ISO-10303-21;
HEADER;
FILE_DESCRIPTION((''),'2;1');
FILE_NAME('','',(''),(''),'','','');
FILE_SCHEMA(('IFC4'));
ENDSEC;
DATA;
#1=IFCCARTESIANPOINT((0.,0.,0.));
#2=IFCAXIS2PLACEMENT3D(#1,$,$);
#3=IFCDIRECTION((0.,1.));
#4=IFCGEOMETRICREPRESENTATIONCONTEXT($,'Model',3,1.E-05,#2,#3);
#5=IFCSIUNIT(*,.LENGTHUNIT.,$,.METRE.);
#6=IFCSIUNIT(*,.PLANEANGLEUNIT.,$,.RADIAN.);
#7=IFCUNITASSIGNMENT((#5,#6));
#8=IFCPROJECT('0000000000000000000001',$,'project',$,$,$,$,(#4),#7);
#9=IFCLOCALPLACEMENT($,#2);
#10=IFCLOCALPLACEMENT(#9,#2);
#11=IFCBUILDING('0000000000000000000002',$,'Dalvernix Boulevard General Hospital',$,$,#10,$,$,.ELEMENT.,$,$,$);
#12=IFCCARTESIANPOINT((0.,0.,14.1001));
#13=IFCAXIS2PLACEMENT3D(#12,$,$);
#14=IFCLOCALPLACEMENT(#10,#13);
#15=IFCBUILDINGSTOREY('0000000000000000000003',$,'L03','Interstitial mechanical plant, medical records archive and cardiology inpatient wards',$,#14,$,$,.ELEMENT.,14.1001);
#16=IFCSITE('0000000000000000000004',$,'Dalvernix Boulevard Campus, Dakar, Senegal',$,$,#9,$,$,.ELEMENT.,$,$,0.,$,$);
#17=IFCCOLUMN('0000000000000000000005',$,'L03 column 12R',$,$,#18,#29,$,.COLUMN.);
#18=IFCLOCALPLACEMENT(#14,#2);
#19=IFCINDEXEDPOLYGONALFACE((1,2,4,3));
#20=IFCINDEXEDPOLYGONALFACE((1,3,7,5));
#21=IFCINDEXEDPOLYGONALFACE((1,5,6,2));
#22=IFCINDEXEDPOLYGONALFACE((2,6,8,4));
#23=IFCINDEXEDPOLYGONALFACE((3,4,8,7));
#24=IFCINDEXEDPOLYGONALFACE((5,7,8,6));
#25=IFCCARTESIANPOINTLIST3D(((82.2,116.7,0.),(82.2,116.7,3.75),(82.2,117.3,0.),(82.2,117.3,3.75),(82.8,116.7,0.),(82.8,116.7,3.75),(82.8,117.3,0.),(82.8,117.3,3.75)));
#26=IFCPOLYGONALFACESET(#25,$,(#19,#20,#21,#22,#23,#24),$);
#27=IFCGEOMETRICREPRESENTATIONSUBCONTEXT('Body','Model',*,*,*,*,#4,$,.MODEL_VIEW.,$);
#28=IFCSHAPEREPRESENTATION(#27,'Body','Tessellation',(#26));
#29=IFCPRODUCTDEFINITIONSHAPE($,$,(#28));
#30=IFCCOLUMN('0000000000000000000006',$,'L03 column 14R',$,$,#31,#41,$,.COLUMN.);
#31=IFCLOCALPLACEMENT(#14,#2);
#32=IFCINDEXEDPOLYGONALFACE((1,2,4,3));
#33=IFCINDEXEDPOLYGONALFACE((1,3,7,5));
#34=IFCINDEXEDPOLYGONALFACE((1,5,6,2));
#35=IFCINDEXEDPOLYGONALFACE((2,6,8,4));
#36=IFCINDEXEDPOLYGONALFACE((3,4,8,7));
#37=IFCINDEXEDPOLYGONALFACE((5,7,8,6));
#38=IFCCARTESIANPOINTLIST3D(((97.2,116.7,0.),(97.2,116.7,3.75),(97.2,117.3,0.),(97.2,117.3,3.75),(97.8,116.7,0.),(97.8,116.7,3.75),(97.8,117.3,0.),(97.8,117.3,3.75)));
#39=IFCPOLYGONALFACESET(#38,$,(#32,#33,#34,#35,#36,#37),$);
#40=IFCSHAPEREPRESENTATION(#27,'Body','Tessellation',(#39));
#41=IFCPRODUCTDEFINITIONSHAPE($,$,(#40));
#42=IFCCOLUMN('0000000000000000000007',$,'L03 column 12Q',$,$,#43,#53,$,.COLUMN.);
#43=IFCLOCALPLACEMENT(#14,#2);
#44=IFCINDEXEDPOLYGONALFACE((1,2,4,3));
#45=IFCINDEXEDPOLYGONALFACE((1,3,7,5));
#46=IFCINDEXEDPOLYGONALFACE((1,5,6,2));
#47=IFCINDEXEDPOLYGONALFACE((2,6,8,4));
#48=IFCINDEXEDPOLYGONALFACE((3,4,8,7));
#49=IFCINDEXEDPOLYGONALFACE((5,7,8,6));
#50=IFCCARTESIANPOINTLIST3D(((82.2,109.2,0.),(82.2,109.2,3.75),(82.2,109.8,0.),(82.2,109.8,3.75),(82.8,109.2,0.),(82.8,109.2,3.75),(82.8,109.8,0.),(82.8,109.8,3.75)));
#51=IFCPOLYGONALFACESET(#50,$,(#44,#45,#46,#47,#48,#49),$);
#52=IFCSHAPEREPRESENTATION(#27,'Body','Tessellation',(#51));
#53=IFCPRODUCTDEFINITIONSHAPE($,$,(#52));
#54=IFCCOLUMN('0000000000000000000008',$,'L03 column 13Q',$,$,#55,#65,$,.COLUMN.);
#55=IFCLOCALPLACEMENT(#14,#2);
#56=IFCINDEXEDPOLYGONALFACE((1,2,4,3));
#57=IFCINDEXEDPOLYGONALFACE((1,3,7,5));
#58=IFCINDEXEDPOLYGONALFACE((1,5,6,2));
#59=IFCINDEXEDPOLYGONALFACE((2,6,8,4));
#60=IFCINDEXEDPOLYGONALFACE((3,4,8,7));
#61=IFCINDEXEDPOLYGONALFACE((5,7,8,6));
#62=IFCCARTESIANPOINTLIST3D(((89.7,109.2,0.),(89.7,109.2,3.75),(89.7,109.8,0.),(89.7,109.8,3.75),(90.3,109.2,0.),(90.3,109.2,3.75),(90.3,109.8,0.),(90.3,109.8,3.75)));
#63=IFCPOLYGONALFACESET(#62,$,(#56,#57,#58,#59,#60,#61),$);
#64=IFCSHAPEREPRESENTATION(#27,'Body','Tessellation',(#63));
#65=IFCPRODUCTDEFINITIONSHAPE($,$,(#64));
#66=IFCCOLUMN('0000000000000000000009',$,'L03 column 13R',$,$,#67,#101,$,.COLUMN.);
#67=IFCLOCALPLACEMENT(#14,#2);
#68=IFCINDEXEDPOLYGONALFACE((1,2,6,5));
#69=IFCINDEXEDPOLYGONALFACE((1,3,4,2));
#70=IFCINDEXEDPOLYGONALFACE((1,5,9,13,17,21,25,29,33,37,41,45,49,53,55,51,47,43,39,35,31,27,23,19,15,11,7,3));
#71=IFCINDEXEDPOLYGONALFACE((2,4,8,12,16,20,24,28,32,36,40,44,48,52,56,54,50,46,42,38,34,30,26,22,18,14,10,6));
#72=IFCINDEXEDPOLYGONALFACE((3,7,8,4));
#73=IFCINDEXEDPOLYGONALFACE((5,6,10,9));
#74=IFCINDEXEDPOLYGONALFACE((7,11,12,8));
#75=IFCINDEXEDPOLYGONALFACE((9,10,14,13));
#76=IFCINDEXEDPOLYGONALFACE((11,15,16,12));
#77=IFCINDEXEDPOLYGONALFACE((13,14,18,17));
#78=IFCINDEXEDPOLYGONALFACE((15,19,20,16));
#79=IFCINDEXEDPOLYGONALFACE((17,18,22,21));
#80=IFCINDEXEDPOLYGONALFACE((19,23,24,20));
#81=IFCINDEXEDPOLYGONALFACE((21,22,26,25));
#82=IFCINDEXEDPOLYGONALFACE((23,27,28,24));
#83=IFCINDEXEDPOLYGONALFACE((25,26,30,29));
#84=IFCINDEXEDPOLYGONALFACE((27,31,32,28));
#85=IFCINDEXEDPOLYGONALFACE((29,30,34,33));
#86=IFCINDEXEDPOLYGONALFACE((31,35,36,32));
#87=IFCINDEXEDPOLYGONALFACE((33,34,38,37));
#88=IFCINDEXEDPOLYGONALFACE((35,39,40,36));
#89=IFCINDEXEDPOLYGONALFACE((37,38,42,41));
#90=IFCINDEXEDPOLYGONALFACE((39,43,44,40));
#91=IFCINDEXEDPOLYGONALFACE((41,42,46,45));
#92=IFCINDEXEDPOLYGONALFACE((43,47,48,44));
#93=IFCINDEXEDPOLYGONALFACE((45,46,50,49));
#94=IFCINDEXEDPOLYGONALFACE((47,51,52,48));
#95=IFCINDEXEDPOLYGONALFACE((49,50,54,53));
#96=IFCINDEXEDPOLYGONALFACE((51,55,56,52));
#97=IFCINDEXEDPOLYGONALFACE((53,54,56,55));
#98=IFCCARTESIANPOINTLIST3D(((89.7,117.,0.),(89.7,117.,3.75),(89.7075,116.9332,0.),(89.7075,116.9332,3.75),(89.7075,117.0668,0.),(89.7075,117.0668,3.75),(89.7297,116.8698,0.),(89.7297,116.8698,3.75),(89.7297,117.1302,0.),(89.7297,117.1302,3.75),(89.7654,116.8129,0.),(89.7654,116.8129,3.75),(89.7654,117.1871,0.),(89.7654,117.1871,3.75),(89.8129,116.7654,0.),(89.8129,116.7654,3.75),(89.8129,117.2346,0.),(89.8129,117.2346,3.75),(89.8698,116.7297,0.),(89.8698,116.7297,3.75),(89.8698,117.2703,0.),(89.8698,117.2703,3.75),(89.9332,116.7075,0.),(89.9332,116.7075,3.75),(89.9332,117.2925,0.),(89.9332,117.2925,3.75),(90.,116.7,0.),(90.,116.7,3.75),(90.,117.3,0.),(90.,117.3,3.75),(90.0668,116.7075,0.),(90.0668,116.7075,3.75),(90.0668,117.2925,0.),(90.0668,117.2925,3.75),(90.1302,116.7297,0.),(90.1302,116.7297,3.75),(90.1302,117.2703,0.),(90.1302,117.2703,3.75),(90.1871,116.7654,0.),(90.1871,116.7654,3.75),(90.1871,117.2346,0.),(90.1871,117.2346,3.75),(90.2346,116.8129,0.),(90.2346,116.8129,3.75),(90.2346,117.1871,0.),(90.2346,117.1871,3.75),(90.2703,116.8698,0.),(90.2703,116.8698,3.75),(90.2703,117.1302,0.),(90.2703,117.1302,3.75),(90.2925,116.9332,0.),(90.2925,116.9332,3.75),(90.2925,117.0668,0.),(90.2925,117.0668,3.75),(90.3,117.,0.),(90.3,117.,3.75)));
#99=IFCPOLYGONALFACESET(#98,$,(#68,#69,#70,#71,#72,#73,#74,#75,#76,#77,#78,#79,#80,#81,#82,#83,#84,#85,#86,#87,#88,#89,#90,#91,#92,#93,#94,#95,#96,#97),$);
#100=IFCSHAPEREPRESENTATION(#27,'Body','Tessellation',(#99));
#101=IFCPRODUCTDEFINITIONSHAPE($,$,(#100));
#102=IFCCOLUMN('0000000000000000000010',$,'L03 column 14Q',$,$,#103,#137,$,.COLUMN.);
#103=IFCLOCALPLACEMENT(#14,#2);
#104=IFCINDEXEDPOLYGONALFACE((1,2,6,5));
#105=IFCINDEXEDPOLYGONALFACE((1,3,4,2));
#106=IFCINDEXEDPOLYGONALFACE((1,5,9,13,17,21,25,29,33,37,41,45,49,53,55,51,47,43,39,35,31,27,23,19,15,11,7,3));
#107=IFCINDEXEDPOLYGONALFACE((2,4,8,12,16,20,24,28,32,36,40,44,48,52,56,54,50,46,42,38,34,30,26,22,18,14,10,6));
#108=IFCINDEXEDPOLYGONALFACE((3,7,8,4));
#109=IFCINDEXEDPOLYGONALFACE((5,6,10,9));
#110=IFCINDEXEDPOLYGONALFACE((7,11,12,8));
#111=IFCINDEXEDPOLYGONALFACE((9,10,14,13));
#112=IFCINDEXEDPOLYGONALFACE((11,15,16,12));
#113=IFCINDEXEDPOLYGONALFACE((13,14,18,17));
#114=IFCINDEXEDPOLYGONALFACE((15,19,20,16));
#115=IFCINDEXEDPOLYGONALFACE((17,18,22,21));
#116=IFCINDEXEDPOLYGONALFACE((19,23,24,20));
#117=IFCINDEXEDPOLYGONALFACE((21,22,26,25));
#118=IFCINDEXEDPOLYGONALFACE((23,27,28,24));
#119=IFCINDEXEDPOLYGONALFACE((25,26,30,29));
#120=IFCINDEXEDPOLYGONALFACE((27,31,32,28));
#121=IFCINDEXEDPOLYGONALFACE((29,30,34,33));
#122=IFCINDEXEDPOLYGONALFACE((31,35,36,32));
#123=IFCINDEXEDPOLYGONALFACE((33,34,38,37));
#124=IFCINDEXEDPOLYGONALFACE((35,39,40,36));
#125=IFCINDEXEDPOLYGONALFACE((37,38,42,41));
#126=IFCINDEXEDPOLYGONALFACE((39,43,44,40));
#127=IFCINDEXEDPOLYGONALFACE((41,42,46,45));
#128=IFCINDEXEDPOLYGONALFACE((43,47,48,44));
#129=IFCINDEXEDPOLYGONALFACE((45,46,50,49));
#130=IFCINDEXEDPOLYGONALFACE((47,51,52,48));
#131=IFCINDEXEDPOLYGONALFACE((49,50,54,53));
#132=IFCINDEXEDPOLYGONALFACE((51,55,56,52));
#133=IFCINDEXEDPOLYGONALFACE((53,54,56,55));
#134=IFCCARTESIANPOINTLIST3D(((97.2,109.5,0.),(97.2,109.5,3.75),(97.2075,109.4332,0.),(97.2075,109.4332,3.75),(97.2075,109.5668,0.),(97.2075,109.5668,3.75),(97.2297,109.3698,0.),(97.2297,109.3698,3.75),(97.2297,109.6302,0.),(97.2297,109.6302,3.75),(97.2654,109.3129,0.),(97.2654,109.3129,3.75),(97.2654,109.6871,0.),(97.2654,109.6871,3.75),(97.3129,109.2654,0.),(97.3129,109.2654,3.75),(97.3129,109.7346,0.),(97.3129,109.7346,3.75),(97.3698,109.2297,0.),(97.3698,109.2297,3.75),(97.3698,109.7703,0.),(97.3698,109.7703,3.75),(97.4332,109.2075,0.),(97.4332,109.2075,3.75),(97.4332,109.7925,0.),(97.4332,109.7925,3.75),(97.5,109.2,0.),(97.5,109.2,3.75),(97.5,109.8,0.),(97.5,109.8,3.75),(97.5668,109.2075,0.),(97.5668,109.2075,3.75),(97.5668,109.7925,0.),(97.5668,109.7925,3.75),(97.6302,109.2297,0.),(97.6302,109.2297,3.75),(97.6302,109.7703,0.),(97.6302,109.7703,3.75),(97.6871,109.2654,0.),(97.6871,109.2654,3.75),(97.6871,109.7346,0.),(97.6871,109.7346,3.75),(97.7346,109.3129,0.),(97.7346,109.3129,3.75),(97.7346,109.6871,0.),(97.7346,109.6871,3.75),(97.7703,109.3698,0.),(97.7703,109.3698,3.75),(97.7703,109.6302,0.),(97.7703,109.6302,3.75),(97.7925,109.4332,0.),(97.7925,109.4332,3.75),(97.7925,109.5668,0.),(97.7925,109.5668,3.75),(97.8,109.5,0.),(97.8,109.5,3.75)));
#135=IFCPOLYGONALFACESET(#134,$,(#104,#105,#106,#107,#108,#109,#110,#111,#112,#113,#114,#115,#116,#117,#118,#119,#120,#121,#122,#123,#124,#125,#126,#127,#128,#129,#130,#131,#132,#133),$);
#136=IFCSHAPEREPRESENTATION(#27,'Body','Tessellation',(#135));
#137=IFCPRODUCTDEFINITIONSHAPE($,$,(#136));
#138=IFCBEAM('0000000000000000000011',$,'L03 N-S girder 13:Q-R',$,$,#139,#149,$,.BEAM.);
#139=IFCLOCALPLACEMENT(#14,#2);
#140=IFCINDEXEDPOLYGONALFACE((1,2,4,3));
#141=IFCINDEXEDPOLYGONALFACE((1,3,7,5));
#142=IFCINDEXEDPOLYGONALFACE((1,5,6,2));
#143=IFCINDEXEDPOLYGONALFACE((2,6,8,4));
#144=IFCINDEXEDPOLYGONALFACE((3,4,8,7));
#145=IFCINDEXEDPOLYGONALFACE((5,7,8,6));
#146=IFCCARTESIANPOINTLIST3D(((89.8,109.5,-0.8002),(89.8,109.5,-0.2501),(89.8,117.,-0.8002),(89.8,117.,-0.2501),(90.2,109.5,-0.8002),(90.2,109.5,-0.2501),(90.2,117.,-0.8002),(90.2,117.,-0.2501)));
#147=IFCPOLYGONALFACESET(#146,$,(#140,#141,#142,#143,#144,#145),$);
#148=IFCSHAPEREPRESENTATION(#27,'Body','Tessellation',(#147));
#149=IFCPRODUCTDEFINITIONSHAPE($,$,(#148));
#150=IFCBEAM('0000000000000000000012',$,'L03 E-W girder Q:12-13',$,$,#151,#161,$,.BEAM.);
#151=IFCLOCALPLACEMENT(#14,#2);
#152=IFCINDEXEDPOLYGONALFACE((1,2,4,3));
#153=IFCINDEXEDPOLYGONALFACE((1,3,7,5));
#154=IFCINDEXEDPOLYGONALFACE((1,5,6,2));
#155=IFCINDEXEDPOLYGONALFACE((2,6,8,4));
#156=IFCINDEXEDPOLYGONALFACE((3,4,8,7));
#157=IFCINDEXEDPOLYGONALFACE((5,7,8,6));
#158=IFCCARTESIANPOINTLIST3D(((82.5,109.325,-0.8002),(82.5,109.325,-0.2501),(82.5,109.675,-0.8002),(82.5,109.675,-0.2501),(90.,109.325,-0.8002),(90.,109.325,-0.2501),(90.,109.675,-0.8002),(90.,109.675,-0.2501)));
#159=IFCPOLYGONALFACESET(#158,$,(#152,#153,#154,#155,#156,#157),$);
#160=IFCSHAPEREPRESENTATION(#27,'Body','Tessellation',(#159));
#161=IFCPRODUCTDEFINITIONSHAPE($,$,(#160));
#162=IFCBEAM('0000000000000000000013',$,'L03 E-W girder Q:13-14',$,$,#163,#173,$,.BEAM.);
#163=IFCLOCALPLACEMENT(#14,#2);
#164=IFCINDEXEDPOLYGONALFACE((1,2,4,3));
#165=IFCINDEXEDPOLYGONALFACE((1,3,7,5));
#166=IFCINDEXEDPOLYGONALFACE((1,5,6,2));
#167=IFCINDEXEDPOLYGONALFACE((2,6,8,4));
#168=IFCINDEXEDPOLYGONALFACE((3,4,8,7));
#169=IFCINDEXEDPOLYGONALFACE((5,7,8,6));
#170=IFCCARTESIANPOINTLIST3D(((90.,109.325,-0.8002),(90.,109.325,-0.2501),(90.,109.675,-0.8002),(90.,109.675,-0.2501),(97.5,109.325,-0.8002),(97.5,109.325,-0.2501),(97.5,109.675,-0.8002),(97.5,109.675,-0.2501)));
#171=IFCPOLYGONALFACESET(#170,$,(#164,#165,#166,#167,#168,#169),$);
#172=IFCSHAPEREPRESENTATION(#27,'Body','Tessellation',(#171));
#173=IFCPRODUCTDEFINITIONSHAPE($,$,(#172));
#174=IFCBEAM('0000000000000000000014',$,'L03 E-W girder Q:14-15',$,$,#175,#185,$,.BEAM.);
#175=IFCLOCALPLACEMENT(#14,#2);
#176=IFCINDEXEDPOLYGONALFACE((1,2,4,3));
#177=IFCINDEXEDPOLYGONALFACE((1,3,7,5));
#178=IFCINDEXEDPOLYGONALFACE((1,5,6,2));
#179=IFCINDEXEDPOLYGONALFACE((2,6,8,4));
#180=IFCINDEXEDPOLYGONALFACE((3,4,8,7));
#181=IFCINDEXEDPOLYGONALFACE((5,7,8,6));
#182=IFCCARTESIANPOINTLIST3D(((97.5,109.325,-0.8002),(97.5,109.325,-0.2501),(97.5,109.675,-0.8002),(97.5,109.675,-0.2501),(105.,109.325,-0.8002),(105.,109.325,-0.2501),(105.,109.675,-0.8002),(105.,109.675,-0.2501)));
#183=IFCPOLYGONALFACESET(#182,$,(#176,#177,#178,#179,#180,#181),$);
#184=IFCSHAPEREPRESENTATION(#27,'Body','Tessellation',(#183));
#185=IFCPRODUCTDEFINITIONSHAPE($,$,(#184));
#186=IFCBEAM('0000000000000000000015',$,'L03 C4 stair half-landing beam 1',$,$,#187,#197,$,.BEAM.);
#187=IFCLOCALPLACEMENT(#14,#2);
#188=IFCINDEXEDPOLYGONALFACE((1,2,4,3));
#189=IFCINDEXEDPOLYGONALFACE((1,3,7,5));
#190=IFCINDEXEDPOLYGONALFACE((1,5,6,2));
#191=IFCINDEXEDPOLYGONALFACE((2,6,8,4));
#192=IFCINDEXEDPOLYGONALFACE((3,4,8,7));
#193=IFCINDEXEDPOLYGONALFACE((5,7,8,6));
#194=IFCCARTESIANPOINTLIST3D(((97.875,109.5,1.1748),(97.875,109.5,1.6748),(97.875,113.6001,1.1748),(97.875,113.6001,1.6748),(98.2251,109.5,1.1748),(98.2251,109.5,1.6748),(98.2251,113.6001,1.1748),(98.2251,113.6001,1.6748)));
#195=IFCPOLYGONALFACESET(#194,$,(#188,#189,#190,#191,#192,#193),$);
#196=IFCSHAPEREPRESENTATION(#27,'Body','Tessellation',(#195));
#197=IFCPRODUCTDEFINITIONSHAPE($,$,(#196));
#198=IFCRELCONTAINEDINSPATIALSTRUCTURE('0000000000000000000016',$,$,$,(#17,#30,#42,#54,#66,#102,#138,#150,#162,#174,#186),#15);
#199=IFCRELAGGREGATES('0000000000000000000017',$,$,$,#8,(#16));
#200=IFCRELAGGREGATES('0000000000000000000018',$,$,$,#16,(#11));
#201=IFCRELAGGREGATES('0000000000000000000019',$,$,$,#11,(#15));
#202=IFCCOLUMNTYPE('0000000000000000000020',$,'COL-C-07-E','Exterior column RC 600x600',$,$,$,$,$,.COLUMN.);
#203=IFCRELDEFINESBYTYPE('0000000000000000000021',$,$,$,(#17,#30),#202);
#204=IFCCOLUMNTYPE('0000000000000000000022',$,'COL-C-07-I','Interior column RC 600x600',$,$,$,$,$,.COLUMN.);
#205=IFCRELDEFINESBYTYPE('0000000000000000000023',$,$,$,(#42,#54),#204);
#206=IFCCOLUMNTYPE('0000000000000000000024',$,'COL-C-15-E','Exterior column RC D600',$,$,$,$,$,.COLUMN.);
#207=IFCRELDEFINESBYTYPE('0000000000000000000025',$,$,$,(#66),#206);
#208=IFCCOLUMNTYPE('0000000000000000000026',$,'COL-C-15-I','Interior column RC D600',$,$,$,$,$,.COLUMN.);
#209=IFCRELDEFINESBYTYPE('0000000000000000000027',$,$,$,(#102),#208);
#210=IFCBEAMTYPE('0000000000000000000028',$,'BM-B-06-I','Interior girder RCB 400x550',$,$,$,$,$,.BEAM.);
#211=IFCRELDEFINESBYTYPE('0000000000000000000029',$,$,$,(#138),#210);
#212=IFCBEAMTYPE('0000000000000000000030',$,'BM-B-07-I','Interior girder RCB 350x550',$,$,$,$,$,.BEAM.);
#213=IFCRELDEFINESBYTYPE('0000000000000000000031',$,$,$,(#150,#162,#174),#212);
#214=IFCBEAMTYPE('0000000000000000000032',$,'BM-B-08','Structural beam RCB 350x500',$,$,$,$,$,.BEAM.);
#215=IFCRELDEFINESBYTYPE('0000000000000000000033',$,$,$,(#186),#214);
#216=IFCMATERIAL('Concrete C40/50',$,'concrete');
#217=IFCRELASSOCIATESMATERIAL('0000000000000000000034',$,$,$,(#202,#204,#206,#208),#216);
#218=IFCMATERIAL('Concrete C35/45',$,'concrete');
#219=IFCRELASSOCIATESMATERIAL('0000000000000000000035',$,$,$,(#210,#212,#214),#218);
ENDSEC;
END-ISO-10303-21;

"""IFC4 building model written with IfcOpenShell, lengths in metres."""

from ifc_helpers import new_model, si_unit, direction, frame, origin, origin_2d, place, context, subcontext, project, spatial, rectangle, circle, extrude, material, material_profile, profile_set, type_object, element, save


model = new_model("IFC4")

# Units and contexts
model_context = context("Model", 3, precision=1e-05, world=origin(), true_north=direction((0.0, 1.0)))
body_context = subcontext(model_context, "Body", "Model", "MODEL_VIEW")
ifc_project = project(units=[si_unit("LENGTHUNIT", "METRE"), si_unit("PLANEANGLEUNIT", "RADIAN")], contexts=[model_context])

# Site, building, storey
site_placement = place(None, origin())
site = spatial("IfcSite", under=ifc_project, at=site_placement, Name="Dalvernix Boulevard Campus, Dakar, Senegal", CompositionType="ELEMENT", RefElevation=0.0)
building_placement = place(site_placement, origin())
building = spatial("IfcBuilding", under=site, at=building_placement, Name="Dalvernix Boulevard General Hospital", CompositionType="ELEMENT")
storey_placement = place(building_placement, frame((0.0, 0.0, 14.1001)))
storey = spatial("IfcBuildingStorey", under=building, at=storey_placement, Name="L03", Description="Interstitial mechanical plant, medical records archive and cardiology inpatient wards", CompositionType="ELEMENT", Elevation=14.1001)

# Columns
ifc_material_1 = material(Name="Concrete C40/50", Category="concrete")
ifc_material_profile_1 = material_profile(ifc_material_1, rectangle(XDim=0.6001, YDim=0.6001, at=origin_2d()), Name="RC 600x600")
ifc_profile_set_1 = profile_set([ifc_material_profile_1], Name="Concrete C40/50")
column_type_1 = type_object("IfcColumnType", Name="COL-C-07-E", Description="Exterior column RC 600x600", PredefinedType="COLUMN", material=ifc_profile_set_1)
for number, where, z_axis, x_axis, name in (
    (1, (82.5, 117.0, 0.0), (0.0, 0.0, 1.0), (1.0, 0.0, 0.0), "L03 column 12R"),
    (2, (97.5, 117.0, 0.0), (0.0, 0.0, 1.0), (1.0, 0.0, 0.0), "L03 column 14R"),
):
    element("IfcColumn", number, at=place(storey_placement, frame(where, z_axis=z_axis, x_axis=x_axis)), inside=storey, type_object=column_type_1, Name=name, PredefinedType="COLUMN", context=body_context, shape_type="SweptSolid", body=[
        extrude(rectangle(XDim=0.6001, YDim=0.6001, at=origin_2d()), origin(), (0.0, 0.0, 1.0), 3.75),
    ])
ifc_material_profile_2 = material_profile(ifc_material_1, rectangle(XDim=0.6001, YDim=0.6001, at=origin_2d()), Name="RC 600x600")
ifc_profile_set_2 = profile_set([ifc_material_profile_2], Name="Concrete C40/50")
column_type_2 = type_object("IfcColumnType", Name="COL-C-07-I", Description="Interior column RC 600x600", PredefinedType="COLUMN", material=ifc_profile_set_2)
for number, where, z_axis, x_axis, name in (
    (3, (82.5, 109.5, 0.0), (0.0, 0.0, 1.0), (1.0, 0.0, 0.0), "L03 column 12Q"),
    (4, (90.0, 109.5, 0.0), (0.0, 0.0, 1.0), (1.0, 0.0, 0.0), "L03 column 13Q"),
):
    element("IfcColumn", number, at=place(storey_placement, frame(where, z_axis=z_axis, x_axis=x_axis)), inside=storey, type_object=column_type_2, Name=name, PredefinedType="COLUMN", context=body_context, shape_type="SweptSolid", body=[
        extrude(rectangle(XDim=0.6001, YDim=0.6001, at=origin_2d()), origin(), (0.0, 0.0, 1.0), 3.75),
    ])
ifc_material_profile_3 = material_profile(ifc_material_1, circle(Radius=0.3, at=origin_2d()), Name="RC D600")
ifc_profile_set_3 = profile_set([ifc_material_profile_3], Name="Concrete C40/50")
column_type_3 = type_object("IfcColumnType", Name="COL-C-15-E", Description="Exterior column RC D600", PredefinedType="COLUMN", material=ifc_profile_set_3)
column_1_placement = place(storey_placement, frame((90.0, 117.0, 0.0), z_axis=(0.0, 0.0, 1.0), x_axis=(1.0, 0.0, 0.0)))
element("IfcColumn", 5, at=column_1_placement, inside=storey, type_object=column_type_3, Name="L03 column 13R", PredefinedType="COLUMN", context=body_context, shape_type="SweptSolid", body=[
    extrude(circle(Radius=0.3, at=origin_2d()), origin(), (0.0, 0.0, 1.0), 3.75),
])
ifc_material_profile_4 = material_profile(ifc_material_1, circle(Radius=0.3, at=origin_2d()), Name="RC D600")
ifc_profile_set_4 = profile_set([ifc_material_profile_4], Name="Concrete C40/50")
column_type_4 = type_object("IfcColumnType", Name="COL-C-15-I", Description="Interior column RC D600", PredefinedType="COLUMN", material=ifc_profile_set_4)
column_2_placement = place(storey_placement, frame((97.5, 109.5, 0.0), z_axis=(0.0, 0.0, 1.0), x_axis=(1.0, 0.0, 0.0)))
element("IfcColumn", 6, at=column_2_placement, inside=storey, type_object=column_type_4, Name="L03 column 14Q", PredefinedType="COLUMN", context=body_context, shape_type="SweptSolid", body=[
    extrude(circle(Radius=0.3, at=origin_2d()), origin(), (0.0, 0.0, 1.0), 3.75),
])

# Beams
ifc_material_2 = material(Name="Concrete C35/45", Category="concrete")
ifc_material_profile_5 = material_profile(ifc_material_2, rectangle(XDim=0.3999, YDim=0.55, at=origin_2d()), Name="RCB 400x550")
ifc_profile_set_5 = profile_set([ifc_material_profile_5], Name="Concrete C35/45")
beam_type_1 = type_object("IfcBeamType", Name="BM-B-06-I", Description="Interior girder RCB 400x550", PredefinedType="BEAM", material=ifc_profile_set_5)
beam_1_placement = place(storey_placement, frame((90.0, 109.5, -0.5251), z_axis=(0.0, 1.0, 0.0), x_axis=(-1.0, 0.0, 0.0)))
element("IfcBeam", 7, at=beam_1_placement, inside=storey, type_object=beam_type_1, Name="L03 N-S girder 13:Q-R", PredefinedType="BEAM", context=body_context, shape_type="SweptSolid", body=[
    extrude(rectangle(XDim=0.3999, YDim=0.55, at=origin_2d()), origin(), (0.0, 0.0, 1.0), 7.5),
])
ifc_material_profile_6 = material_profile(ifc_material_2, rectangle(XDim=0.3501, YDim=0.55, at=origin_2d()), Name="RCB 350x550")
ifc_profile_set_6 = profile_set([ifc_material_profile_6], Name="Concrete C35/45")
beam_type_2 = type_object("IfcBeamType", Name="BM-B-07-I", Description="Interior girder RCB 350x550", PredefinedType="BEAM", material=ifc_profile_set_6)
for number, where, z_axis, x_axis, name in (
    (8, (82.5, 109.5, -0.5251), (1.0, 0.0, 0.0), (0.0, 1.0, 0.0), "L03 E-W girder Q:12-13"),
    (9, (90.0, 109.5, -0.5251), (1.0, 0.0, 0.0), (0.0, 1.0, 0.0), "L03 E-W girder Q:13-14"),
    (10, (97.5, 109.5, -0.5251), (1.0, 0.0, 0.0), (0.0, 1.0, 0.0), "L03 E-W girder Q:14-15"),
):
    element("IfcBeam", number, at=place(storey_placement, frame(where, z_axis=z_axis, x_axis=x_axis)), inside=storey, type_object=beam_type_2, Name=name, PredefinedType="BEAM", context=body_context, shape_type="SweptSolid", body=[
        extrude(rectangle(XDim=0.3501, YDim=0.55, at=origin_2d()), origin(), (0.0, 0.0, 1.0), 7.5),
    ])
ifc_material_profile_7 = material_profile(ifc_material_2, rectangle(XDim=0.3501, YDim=0.5, at=origin_2d()), Name="RCB 350x500")
ifc_profile_set_7 = profile_set([ifc_material_profile_7], Name="Concrete C35/45")
beam_type_3 = type_object("IfcBeamType", Name="BM-B-08", Description="Structural beam RCB 350x500", PredefinedType="BEAM", material=ifc_profile_set_7)
beam_2_placement = place(storey_placement, frame((98.05, 109.5, 1.4248), z_axis=(0.0, 1.0, 0.0), x_axis=(-1.0, 0.0, 0.0)))
element("IfcBeam", 11, at=beam_2_placement, inside=storey, type_object=beam_type_3, Name="L03 C4 stair half-landing beam 1", PredefinedType="BEAM", context=body_context, shape_type="SweptSolid", body=[
    extrude(rectangle(XDim=0.3501, YDim=0.5, at=origin_2d()), origin(), (0.0, 0.0, 1.0), 4.1001),
])

save(model, "model.ifc")
